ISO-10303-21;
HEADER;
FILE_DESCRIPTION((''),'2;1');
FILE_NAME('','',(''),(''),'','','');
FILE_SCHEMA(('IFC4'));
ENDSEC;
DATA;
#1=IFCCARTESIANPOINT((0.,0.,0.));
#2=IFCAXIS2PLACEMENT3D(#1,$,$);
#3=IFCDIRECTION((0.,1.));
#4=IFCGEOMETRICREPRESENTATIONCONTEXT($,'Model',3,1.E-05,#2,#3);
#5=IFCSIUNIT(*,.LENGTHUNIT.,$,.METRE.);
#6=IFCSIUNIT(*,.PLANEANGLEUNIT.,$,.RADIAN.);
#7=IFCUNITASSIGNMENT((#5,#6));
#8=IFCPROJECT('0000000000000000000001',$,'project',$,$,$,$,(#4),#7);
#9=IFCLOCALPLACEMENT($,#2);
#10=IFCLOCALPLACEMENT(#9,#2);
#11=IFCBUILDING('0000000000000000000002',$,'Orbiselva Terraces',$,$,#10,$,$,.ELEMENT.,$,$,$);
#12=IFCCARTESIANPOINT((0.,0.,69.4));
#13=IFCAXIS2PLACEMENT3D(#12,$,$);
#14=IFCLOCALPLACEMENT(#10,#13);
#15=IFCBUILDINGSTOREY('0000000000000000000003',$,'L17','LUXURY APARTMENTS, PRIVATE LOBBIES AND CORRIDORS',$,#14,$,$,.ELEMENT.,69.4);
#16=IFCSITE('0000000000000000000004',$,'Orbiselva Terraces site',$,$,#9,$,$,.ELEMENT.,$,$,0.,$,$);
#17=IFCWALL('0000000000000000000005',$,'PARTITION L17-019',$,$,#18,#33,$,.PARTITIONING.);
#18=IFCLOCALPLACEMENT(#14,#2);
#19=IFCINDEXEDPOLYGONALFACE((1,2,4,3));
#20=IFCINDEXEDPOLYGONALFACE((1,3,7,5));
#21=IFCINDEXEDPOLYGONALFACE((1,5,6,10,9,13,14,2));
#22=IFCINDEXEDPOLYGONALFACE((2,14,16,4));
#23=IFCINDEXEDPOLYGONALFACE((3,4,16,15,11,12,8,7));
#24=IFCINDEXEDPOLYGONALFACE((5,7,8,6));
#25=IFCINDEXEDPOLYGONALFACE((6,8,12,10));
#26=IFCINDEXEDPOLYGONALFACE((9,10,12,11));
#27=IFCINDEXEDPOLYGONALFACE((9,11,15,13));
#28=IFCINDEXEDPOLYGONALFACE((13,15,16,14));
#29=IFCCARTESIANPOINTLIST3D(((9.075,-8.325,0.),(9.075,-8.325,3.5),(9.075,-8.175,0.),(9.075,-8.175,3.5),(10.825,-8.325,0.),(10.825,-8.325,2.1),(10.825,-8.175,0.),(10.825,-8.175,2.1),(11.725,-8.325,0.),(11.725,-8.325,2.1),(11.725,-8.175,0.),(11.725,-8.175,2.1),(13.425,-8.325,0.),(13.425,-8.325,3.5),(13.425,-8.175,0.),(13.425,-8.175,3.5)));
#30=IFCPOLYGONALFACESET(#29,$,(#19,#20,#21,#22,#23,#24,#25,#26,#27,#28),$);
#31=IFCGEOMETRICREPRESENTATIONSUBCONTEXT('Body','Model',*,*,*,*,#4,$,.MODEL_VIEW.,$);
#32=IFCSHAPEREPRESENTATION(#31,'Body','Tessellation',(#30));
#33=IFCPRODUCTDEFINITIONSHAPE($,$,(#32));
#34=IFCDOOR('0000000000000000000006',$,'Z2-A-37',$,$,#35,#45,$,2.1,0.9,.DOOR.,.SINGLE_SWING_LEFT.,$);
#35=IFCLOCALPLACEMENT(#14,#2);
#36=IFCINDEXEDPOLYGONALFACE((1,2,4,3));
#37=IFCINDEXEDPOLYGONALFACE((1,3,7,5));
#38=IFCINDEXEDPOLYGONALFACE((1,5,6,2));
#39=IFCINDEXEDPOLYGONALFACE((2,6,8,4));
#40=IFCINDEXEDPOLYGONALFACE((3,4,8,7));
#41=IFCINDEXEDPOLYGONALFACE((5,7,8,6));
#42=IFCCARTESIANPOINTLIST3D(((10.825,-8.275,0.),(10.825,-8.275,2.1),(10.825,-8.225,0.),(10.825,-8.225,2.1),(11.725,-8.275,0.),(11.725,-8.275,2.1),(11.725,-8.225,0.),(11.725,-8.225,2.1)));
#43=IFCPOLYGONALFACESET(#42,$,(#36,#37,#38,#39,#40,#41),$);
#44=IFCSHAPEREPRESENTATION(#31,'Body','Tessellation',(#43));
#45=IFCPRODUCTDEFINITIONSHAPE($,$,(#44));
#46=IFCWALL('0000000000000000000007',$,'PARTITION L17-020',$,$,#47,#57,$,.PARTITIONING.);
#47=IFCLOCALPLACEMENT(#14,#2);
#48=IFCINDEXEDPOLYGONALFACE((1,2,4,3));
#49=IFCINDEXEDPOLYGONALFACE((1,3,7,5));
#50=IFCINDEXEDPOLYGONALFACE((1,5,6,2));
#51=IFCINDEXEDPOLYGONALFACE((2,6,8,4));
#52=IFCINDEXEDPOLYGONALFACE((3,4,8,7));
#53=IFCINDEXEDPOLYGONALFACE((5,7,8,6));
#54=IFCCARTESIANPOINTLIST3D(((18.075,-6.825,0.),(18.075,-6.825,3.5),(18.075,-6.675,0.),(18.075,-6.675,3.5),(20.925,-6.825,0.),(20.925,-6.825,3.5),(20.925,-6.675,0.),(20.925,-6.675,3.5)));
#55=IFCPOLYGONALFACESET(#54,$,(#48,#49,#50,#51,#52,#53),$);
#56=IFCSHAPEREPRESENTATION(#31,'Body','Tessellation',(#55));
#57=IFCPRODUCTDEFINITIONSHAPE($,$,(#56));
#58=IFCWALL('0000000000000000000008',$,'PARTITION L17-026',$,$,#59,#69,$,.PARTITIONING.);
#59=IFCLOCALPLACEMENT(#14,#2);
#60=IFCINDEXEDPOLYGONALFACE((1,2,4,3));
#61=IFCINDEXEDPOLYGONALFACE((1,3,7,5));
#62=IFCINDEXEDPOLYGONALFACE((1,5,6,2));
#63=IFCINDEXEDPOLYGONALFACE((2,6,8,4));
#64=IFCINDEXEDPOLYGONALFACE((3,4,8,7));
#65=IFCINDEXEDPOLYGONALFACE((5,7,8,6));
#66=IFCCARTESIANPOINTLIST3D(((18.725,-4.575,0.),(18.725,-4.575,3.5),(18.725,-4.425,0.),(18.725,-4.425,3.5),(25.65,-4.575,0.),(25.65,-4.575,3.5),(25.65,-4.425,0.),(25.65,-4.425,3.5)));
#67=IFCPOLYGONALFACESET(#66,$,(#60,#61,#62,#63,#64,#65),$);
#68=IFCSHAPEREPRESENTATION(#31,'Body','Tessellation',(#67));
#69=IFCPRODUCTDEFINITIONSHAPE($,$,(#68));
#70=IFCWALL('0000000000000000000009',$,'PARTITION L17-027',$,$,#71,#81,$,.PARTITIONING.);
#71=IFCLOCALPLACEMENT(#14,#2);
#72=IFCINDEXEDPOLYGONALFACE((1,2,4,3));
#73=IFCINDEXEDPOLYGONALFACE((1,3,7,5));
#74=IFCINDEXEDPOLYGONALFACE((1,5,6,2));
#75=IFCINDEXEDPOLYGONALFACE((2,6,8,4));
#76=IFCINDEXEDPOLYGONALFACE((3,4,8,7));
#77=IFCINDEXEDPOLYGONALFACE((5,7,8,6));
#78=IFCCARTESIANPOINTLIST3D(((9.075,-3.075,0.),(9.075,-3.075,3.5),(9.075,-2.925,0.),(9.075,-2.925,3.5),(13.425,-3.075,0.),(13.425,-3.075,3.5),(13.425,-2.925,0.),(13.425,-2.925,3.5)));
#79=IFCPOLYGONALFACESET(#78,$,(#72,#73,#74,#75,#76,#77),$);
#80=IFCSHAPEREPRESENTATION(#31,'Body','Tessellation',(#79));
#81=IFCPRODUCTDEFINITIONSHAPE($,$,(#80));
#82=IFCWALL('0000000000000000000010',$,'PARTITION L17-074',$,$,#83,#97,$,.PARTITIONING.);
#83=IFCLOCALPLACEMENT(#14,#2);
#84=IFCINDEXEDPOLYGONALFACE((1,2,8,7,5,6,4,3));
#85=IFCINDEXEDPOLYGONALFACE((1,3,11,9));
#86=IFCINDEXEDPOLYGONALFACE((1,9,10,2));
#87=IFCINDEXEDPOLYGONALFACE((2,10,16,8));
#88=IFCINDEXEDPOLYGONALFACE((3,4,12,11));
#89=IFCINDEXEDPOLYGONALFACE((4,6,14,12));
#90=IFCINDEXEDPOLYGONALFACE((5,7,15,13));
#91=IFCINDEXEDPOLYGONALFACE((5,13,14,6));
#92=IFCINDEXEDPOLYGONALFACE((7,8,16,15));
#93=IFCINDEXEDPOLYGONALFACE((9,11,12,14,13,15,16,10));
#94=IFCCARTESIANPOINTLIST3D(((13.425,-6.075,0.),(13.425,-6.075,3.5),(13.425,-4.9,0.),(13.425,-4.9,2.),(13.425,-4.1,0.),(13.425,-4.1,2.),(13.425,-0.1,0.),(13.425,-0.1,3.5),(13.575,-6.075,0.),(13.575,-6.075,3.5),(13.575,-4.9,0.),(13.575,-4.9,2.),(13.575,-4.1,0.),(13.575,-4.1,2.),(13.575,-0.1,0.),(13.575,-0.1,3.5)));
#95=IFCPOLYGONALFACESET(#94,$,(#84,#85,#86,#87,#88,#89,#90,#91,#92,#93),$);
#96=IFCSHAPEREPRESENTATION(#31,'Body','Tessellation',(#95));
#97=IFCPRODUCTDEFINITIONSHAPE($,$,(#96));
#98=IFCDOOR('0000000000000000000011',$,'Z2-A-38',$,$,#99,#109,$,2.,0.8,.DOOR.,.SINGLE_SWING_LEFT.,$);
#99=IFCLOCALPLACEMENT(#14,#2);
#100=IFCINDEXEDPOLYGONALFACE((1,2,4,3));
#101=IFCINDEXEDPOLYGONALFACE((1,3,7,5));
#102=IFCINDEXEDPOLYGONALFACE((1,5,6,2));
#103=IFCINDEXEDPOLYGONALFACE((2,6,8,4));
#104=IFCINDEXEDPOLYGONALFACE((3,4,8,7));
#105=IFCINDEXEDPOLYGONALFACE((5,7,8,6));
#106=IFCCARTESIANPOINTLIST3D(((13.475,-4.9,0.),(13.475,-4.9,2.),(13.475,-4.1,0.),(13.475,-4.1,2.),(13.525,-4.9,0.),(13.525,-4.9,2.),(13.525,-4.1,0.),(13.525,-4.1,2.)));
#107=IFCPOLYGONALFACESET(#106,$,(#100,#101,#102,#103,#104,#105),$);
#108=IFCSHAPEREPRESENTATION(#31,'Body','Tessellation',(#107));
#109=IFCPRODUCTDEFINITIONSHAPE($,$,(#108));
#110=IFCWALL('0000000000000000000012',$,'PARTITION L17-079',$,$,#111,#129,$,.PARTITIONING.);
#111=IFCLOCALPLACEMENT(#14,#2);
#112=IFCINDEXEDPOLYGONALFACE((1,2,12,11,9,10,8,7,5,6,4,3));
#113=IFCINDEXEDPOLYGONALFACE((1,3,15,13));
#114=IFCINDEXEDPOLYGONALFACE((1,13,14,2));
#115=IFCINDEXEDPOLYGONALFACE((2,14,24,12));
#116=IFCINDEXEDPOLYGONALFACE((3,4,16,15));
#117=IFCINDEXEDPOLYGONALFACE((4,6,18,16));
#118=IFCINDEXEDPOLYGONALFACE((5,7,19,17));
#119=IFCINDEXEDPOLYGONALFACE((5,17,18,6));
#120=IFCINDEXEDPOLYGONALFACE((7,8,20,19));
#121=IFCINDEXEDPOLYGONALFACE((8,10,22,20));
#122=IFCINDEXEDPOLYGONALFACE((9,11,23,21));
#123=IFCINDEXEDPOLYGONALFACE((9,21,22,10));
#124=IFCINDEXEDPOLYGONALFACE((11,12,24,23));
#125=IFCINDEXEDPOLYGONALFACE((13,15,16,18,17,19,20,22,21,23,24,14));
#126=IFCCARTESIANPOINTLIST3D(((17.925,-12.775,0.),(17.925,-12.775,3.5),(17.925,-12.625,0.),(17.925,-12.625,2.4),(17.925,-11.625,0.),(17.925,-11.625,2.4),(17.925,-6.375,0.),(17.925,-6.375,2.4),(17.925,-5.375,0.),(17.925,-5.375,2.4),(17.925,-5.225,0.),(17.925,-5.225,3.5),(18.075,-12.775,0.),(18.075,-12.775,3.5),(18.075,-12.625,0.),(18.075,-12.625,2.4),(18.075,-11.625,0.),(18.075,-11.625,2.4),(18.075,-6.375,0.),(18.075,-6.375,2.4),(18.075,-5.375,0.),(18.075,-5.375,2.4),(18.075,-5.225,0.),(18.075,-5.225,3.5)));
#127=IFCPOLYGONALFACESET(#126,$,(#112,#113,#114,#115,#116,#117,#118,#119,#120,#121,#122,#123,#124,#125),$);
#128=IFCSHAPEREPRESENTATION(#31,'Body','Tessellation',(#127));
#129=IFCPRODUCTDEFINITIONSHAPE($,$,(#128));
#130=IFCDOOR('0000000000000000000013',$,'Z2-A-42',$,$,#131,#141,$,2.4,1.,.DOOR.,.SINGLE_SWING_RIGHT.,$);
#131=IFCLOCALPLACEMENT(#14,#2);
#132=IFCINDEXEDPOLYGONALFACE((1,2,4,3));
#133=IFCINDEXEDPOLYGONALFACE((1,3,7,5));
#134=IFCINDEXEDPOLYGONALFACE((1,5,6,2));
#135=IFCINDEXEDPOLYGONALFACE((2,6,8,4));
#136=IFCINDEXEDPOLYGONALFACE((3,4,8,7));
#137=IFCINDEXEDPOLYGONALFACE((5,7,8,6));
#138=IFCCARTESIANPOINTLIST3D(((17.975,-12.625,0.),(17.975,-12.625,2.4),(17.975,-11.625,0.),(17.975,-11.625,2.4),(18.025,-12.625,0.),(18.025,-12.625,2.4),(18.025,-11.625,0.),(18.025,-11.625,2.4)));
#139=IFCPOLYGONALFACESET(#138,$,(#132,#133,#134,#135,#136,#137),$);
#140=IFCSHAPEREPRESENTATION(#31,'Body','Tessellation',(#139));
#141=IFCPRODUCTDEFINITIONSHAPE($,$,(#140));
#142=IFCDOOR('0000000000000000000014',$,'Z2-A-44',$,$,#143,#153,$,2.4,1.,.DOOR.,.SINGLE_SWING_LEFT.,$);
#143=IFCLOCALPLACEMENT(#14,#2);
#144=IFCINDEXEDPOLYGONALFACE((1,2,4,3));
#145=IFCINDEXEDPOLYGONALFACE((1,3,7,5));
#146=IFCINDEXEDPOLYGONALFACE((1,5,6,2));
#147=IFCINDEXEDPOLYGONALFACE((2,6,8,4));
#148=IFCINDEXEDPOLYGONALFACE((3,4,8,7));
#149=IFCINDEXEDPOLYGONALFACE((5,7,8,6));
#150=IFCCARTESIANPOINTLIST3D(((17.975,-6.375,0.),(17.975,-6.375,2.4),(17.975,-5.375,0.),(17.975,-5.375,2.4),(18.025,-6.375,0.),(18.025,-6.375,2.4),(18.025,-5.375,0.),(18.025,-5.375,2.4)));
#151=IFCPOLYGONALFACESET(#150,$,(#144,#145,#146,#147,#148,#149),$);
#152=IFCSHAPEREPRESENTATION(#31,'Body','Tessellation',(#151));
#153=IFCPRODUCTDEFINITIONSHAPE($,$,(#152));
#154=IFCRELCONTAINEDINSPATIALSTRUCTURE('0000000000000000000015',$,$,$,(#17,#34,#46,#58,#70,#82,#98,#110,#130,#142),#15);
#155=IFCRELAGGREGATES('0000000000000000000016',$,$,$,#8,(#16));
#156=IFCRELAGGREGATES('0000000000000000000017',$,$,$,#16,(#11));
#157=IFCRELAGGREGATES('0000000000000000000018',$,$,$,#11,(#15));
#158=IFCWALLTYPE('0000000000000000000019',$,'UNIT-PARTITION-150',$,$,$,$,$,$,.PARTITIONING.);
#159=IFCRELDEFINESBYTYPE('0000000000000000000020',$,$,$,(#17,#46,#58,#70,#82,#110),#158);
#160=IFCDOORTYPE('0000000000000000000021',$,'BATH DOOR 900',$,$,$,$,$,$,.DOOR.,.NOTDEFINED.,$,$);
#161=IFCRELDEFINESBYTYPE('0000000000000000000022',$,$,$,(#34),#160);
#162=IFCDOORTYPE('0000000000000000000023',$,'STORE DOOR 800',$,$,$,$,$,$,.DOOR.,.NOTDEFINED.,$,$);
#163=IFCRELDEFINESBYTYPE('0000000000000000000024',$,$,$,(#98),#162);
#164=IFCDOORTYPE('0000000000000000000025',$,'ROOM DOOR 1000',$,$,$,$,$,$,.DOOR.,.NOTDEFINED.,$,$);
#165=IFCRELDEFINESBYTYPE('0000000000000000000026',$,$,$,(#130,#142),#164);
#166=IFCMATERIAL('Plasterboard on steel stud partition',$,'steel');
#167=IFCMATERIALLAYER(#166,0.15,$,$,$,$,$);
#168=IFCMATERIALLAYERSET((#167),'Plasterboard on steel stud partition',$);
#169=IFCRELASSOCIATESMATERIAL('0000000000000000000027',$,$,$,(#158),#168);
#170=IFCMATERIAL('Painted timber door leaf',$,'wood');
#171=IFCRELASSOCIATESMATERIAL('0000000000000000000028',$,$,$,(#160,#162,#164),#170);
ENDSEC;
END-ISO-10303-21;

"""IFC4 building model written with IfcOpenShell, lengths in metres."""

from ifc_helpers import new_model, si_unit, direction, frame, frame_2d, origin, place, context, subcontext, project, spatial, rectangle, extrude, material, layer, layer_set, type_object, element, fill, save


model = new_model("IFC4")

# Units and contexts
model_context = context("Model", 3, precision=1e-05, world=origin(), true_north=direction((0.0, 1.0)))
body_context = subcontext(model_context, "Body", "Model", "MODEL_VIEW")
ifc_project = project(units=[si_unit("LENGTHUNIT", "METRE"), si_unit("PLANEANGLEUNIT", "RADIAN")], contexts=[model_context])

# Site, building, storey
site_placement = place(None, origin())
site = spatial("IfcSite", under=ifc_project, at=site_placement, Name="Orbiselva Terraces site", CompositionType="ELEMENT", RefElevation=0.0)
building_placement = place(site_placement, origin())
building = spatial("IfcBuilding", under=site, at=building_placement, Name="Orbiselva Terraces", CompositionType="ELEMENT")
storey_placement = place(building_placement, frame((0.0, 0.0, 69.4)))
storey = spatial("IfcBuildingStorey", under=building, at=storey_placement, Name="L17", Description="LUXURY APARTMENTS, PRIVATE LOBBIES AND CORRIDORS", CompositionType="ELEMENT", Elevation=69.4)

# Shared definitions
ifc_material_1 = material(Name="Plasterboard on steel stud partition", Category="steel")
ifc_layer_1 = layer(ifc_material_1, 0.15)
ifc_layer_set_1 = layer_set([ifc_layer_1], Name="Plasterboard on steel stud partition")
wall_type_1 = type_object("IfcWallType", Name="UNIT-PARTITION-150", PredefinedType="PARTITIONING", material=ifc_layer_set_1)

# Wall, opening, door
wall_1_placement = place(storey_placement, frame((13.425, -8.25, 0.0), z_axis=(0.0, 0.0, 1.0), x_axis=(-1.0, 0.0, 0.0)))
wall_1 = element("IfcWall", 1, at=wall_1_placement, inside=storey, type_object=wall_type_1, Name="PARTITION L17-019", PredefinedType="PARTITIONING", context=body_context, shape_type="SweptSolid", body=[
    extrude(rectangle(XDim=4.35, YDim=0.15, at=frame_2d((2.175, 0.0))), origin(), (0.0, 0.0, 1.0), 3.5),
])
opening_1_placement = place(wall_1_placement, frame((1.7, 0.0, 0.0)))
opening_1 = element("IfcOpeningElement", 2, at=opening_1_placement, cuts=wall_1, PredefinedType="OPENING", context=body_context, shape_type="SweptSolid", body=[
    extrude(rectangle(XDim=0.9, YDim=2.1, at=frame_2d((0.45, 1.05))), frame((0.0, 0.085, 0.0), z_axis=(0.0, -1.0, 0.0), x_axis=(1.0, 0.0, 0.0)), (0.0, 0.0, 1.0), 0.17),
])
ifc_material_2 = material(Name="Painted timber door leaf", Category="wood")
door_type_1 = type_object("IfcDoorType", Name="BATH DOOR 900", OperationType="NOTDEFINED", PredefinedType="DOOR", material=ifc_material_2)
door_1_placement = place(opening_1_placement, origin())
door_1 = element("IfcDoor", 3, at=door_1_placement, inside=storey, type_object=door_type_1, Name="Z2-A-37", OperationType="SINGLE_SWING_LEFT", OverallHeight=2.1, OverallWidth=0.9, PredefinedType="DOOR", context=body_context, shape_type="SweptSolid", body=[
    extrude(rectangle(XDim=0.9, YDim=2.1, at=frame_2d((0.45, 1.05))), frame((0.0, 0.025, 0.0), z_axis=(0.0, -1.0, 0.0), x_axis=(1.0, 0.0, 0.0)), (0.0, 0.0, 1.0), 0.05),
])
fill(opening_1, door_1)

# Walls
wall_2_placement = place(storey_placement, frame((18.075, -6.75, 0.0), z_axis=(0.0, 0.0, 1.0), x_axis=(1.0, 0.0, 0.0)))
element("IfcWall", 4, at=wall_2_placement, inside=storey, type_object=wall_type_1, Name="PARTITION L17-020", PredefinedType="PARTITIONING", context=body_context, shape_type="SweptSolid", body=[
    extrude(rectangle(XDim=2.85, YDim=0.15, at=frame_2d((1.425, 0.0))), origin(), (0.0, 0.0, 1.0), 3.5),
])
wall_3_placement = place(storey_placement, frame((18.725, -4.5, 0.0), z_axis=(0.0, 0.0, 1.0), x_axis=(1.0, 0.0, 0.0)))
element("IfcWall", 5, at=wall_3_placement, inside=storey, type_object=wall_type_1, Name="PARTITION L17-026", PredefinedType="PARTITIONING", context=body_context, shape_type="SweptSolid", body=[
    extrude(rectangle(XDim=6.925, YDim=0.15, at=frame_2d((3.4625, 0.0))), origin(), (0.0, 0.0, 1.0), 3.5),
])
wall_4_placement = place(storey_placement, frame((9.075, -3.0, 0.0), z_axis=(0.0, 0.0, 1.0), x_axis=(1.0, 0.0, 0.0)))
element("IfcWall", 6, at=wall_4_placement, inside=storey, type_object=wall_type_1, Name="PARTITION L17-027", PredefinedType="PARTITIONING", context=body_context, shape_type="SweptSolid", body=[
    extrude(rectangle(XDim=4.35, YDim=0.15, at=frame_2d((2.175, 0.0))), origin(), (0.0, 0.0, 1.0), 3.5),
])

# Wall, opening, door
wall_5_placement = place(storey_placement, frame((13.5, -6.075, 0.0), z_axis=(0.0, 0.0, 1.0), x_axis=(0.0, 1.0, 0.0)))
wall_5 = element("IfcWall", 7, at=wall_5_placement, inside=storey, type_object=wall_type_1, Name="PARTITION L17-074", PredefinedType="PARTITIONING", context=body_context, shape_type="SweptSolid", body=[
    extrude(rectangle(XDim=5.975, YDim=0.15, at=frame_2d((2.9875, 0.0))), origin(), (0.0, 0.0, 1.0), 3.5),
])
opening_2_placement = place(wall_5_placement, frame((1.175, 0.0, 0.0)))
opening_2 = element("IfcOpeningElement", 8, at=opening_2_placement, cuts=wall_5, PredefinedType="OPENING", context=body_context, shape_type="SweptSolid", body=[
    extrude(rectangle(XDim=0.8, YDim=2.0, at=frame_2d((0.4, 1.0))), frame((0.0, 0.085, 0.0), z_axis=(0.0, -1.0, 0.0), x_axis=(1.0, 0.0, 0.0)), (0.0, 0.0, 1.0), 0.17),
])
door_type_2 = type_object("IfcDoorType", Name="STORE DOOR 800", OperationType="NOTDEFINED", PredefinedType="DOOR", material=ifc_material_2)
door_2_placement = place(opening_2_placement, origin())
door_2 = element("IfcDoor", 9, at=door_2_placement, inside=storey, type_object=door_type_2, Name="Z2-A-38", OperationType="SINGLE_SWING_LEFT", OverallHeight=2.0, OverallWidth=0.8, PredefinedType="DOOR", context=body_context, shape_type="SweptSolid", body=[
    extrude(rectangle(XDim=0.8, YDim=2.0, at=frame_2d((0.4, 1.0))), frame((0.0, 0.025, 0.0), z_axis=(0.0, -1.0, 0.0), x_axis=(1.0, 0.0, 0.0)), (0.0, 0.0, 1.0), 0.05),
])
fill(opening_2, door_2)

# Wall, openings, doors
wall_6_placement = place(storey_placement, frame((18.0, -5.225, 0.0), z_axis=(0.0, 0.0, 1.0), x_axis=(0.0, -1.0, 0.0)))
wall_6 = element("IfcWall", 10, at=wall_6_placement, inside=storey, type_object=wall_type_1, Name="PARTITION L17-079", PredefinedType="PARTITIONING", context=body_context, shape_type="SweptSolid", body=[
    extrude(rectangle(XDim=7.55, YDim=0.15, at=frame_2d((3.775, 0.0))), origin(), (0.0, 0.0, 1.0), 3.5),
])
opening_3_placement = place(wall_6_placement, frame((6.4, 0.0, 0.0)))
opening_3 = element("IfcOpeningElement", 11, at=opening_3_placement, cuts=wall_6, PredefinedType="OPENING", context=body_context, shape_type="SweptSolid", body=[
    extrude(rectangle(XDim=1.0, YDim=2.4, at=frame_2d((0.5, 1.2))), frame((0.0, 0.085, 0.0), z_axis=(0.0, -1.0, 0.0), x_axis=(1.0, 0.0, 0.0)), (0.0, 0.0, 1.0), 0.17),
])
opening_4_placement = place(wall_6_placement, frame((0.15, 0.0, 0.0)))
opening_4 = element("IfcOpeningElement", 12, at=opening_4_placement, cuts=wall_6, PredefinedType="OPENING", context=body_context, shape_type="SweptSolid", body=[
    extrude(rectangle(XDim=1.0, YDim=2.4, at=frame_2d((0.5, 1.2))), frame((0.0, 0.085, 0.0), z_axis=(0.0, -1.0, 0.0), x_axis=(1.0, 0.0, 0.0)), (0.0, 0.0, 1.0), 0.17),
])
door_type_3 = type_object("IfcDoorType", Name="ROOM DOOR 1000", OperationType="NOTDEFINED", PredefinedType="DOOR", material=ifc_material_2)
door_3_placement = place(opening_3_placement, origin())
door_3 = element("IfcDoor", 13, at=door_3_placement, inside=storey, type_object=door_type_3, Name="Z2-A-42", OperationType="SINGLE_SWING_RIGHT", OverallHeight=2.4, OverallWidth=1.0, PredefinedType="DOOR", context=body_context, shape_type="SweptSolid", body=[
    extrude(rectangle(XDim=1.0, YDim=2.4, at=frame_2d((0.5, 1.2))), frame((0.0, 0.025, 0.0), z_axis=(0.0, -1.0, 0.0), x_axis=(1.0, 0.0, 0.0)), (0.0, 0.0, 1.0), 0.05),
])
fill(opening_3, door_3)
door_4_placement = place(opening_4_placement, origin())
door_4 = element("IfcDoor", 14, at=door_4_placement, inside=storey, type_object=door_type_3, Name="Z2-A-44", OperationType="SINGLE_SWING_LEFT", OverallHeight=2.4, OverallWidth=1.0, PredefinedType="DOOR", context=body_context, shape_type="SweptSolid", body=[
    extrude(rectangle(XDim=1.0, YDim=2.4, at=frame_2d((0.5, 1.2))), frame((0.0, 0.025, 0.0), z_axis=(0.0, -1.0, 0.0), x_axis=(1.0, 0.0, 0.0)), (0.0, 0.0, 1.0), 0.05),
])
fill(opening_4, door_4)

save(model, "model.ifc")
